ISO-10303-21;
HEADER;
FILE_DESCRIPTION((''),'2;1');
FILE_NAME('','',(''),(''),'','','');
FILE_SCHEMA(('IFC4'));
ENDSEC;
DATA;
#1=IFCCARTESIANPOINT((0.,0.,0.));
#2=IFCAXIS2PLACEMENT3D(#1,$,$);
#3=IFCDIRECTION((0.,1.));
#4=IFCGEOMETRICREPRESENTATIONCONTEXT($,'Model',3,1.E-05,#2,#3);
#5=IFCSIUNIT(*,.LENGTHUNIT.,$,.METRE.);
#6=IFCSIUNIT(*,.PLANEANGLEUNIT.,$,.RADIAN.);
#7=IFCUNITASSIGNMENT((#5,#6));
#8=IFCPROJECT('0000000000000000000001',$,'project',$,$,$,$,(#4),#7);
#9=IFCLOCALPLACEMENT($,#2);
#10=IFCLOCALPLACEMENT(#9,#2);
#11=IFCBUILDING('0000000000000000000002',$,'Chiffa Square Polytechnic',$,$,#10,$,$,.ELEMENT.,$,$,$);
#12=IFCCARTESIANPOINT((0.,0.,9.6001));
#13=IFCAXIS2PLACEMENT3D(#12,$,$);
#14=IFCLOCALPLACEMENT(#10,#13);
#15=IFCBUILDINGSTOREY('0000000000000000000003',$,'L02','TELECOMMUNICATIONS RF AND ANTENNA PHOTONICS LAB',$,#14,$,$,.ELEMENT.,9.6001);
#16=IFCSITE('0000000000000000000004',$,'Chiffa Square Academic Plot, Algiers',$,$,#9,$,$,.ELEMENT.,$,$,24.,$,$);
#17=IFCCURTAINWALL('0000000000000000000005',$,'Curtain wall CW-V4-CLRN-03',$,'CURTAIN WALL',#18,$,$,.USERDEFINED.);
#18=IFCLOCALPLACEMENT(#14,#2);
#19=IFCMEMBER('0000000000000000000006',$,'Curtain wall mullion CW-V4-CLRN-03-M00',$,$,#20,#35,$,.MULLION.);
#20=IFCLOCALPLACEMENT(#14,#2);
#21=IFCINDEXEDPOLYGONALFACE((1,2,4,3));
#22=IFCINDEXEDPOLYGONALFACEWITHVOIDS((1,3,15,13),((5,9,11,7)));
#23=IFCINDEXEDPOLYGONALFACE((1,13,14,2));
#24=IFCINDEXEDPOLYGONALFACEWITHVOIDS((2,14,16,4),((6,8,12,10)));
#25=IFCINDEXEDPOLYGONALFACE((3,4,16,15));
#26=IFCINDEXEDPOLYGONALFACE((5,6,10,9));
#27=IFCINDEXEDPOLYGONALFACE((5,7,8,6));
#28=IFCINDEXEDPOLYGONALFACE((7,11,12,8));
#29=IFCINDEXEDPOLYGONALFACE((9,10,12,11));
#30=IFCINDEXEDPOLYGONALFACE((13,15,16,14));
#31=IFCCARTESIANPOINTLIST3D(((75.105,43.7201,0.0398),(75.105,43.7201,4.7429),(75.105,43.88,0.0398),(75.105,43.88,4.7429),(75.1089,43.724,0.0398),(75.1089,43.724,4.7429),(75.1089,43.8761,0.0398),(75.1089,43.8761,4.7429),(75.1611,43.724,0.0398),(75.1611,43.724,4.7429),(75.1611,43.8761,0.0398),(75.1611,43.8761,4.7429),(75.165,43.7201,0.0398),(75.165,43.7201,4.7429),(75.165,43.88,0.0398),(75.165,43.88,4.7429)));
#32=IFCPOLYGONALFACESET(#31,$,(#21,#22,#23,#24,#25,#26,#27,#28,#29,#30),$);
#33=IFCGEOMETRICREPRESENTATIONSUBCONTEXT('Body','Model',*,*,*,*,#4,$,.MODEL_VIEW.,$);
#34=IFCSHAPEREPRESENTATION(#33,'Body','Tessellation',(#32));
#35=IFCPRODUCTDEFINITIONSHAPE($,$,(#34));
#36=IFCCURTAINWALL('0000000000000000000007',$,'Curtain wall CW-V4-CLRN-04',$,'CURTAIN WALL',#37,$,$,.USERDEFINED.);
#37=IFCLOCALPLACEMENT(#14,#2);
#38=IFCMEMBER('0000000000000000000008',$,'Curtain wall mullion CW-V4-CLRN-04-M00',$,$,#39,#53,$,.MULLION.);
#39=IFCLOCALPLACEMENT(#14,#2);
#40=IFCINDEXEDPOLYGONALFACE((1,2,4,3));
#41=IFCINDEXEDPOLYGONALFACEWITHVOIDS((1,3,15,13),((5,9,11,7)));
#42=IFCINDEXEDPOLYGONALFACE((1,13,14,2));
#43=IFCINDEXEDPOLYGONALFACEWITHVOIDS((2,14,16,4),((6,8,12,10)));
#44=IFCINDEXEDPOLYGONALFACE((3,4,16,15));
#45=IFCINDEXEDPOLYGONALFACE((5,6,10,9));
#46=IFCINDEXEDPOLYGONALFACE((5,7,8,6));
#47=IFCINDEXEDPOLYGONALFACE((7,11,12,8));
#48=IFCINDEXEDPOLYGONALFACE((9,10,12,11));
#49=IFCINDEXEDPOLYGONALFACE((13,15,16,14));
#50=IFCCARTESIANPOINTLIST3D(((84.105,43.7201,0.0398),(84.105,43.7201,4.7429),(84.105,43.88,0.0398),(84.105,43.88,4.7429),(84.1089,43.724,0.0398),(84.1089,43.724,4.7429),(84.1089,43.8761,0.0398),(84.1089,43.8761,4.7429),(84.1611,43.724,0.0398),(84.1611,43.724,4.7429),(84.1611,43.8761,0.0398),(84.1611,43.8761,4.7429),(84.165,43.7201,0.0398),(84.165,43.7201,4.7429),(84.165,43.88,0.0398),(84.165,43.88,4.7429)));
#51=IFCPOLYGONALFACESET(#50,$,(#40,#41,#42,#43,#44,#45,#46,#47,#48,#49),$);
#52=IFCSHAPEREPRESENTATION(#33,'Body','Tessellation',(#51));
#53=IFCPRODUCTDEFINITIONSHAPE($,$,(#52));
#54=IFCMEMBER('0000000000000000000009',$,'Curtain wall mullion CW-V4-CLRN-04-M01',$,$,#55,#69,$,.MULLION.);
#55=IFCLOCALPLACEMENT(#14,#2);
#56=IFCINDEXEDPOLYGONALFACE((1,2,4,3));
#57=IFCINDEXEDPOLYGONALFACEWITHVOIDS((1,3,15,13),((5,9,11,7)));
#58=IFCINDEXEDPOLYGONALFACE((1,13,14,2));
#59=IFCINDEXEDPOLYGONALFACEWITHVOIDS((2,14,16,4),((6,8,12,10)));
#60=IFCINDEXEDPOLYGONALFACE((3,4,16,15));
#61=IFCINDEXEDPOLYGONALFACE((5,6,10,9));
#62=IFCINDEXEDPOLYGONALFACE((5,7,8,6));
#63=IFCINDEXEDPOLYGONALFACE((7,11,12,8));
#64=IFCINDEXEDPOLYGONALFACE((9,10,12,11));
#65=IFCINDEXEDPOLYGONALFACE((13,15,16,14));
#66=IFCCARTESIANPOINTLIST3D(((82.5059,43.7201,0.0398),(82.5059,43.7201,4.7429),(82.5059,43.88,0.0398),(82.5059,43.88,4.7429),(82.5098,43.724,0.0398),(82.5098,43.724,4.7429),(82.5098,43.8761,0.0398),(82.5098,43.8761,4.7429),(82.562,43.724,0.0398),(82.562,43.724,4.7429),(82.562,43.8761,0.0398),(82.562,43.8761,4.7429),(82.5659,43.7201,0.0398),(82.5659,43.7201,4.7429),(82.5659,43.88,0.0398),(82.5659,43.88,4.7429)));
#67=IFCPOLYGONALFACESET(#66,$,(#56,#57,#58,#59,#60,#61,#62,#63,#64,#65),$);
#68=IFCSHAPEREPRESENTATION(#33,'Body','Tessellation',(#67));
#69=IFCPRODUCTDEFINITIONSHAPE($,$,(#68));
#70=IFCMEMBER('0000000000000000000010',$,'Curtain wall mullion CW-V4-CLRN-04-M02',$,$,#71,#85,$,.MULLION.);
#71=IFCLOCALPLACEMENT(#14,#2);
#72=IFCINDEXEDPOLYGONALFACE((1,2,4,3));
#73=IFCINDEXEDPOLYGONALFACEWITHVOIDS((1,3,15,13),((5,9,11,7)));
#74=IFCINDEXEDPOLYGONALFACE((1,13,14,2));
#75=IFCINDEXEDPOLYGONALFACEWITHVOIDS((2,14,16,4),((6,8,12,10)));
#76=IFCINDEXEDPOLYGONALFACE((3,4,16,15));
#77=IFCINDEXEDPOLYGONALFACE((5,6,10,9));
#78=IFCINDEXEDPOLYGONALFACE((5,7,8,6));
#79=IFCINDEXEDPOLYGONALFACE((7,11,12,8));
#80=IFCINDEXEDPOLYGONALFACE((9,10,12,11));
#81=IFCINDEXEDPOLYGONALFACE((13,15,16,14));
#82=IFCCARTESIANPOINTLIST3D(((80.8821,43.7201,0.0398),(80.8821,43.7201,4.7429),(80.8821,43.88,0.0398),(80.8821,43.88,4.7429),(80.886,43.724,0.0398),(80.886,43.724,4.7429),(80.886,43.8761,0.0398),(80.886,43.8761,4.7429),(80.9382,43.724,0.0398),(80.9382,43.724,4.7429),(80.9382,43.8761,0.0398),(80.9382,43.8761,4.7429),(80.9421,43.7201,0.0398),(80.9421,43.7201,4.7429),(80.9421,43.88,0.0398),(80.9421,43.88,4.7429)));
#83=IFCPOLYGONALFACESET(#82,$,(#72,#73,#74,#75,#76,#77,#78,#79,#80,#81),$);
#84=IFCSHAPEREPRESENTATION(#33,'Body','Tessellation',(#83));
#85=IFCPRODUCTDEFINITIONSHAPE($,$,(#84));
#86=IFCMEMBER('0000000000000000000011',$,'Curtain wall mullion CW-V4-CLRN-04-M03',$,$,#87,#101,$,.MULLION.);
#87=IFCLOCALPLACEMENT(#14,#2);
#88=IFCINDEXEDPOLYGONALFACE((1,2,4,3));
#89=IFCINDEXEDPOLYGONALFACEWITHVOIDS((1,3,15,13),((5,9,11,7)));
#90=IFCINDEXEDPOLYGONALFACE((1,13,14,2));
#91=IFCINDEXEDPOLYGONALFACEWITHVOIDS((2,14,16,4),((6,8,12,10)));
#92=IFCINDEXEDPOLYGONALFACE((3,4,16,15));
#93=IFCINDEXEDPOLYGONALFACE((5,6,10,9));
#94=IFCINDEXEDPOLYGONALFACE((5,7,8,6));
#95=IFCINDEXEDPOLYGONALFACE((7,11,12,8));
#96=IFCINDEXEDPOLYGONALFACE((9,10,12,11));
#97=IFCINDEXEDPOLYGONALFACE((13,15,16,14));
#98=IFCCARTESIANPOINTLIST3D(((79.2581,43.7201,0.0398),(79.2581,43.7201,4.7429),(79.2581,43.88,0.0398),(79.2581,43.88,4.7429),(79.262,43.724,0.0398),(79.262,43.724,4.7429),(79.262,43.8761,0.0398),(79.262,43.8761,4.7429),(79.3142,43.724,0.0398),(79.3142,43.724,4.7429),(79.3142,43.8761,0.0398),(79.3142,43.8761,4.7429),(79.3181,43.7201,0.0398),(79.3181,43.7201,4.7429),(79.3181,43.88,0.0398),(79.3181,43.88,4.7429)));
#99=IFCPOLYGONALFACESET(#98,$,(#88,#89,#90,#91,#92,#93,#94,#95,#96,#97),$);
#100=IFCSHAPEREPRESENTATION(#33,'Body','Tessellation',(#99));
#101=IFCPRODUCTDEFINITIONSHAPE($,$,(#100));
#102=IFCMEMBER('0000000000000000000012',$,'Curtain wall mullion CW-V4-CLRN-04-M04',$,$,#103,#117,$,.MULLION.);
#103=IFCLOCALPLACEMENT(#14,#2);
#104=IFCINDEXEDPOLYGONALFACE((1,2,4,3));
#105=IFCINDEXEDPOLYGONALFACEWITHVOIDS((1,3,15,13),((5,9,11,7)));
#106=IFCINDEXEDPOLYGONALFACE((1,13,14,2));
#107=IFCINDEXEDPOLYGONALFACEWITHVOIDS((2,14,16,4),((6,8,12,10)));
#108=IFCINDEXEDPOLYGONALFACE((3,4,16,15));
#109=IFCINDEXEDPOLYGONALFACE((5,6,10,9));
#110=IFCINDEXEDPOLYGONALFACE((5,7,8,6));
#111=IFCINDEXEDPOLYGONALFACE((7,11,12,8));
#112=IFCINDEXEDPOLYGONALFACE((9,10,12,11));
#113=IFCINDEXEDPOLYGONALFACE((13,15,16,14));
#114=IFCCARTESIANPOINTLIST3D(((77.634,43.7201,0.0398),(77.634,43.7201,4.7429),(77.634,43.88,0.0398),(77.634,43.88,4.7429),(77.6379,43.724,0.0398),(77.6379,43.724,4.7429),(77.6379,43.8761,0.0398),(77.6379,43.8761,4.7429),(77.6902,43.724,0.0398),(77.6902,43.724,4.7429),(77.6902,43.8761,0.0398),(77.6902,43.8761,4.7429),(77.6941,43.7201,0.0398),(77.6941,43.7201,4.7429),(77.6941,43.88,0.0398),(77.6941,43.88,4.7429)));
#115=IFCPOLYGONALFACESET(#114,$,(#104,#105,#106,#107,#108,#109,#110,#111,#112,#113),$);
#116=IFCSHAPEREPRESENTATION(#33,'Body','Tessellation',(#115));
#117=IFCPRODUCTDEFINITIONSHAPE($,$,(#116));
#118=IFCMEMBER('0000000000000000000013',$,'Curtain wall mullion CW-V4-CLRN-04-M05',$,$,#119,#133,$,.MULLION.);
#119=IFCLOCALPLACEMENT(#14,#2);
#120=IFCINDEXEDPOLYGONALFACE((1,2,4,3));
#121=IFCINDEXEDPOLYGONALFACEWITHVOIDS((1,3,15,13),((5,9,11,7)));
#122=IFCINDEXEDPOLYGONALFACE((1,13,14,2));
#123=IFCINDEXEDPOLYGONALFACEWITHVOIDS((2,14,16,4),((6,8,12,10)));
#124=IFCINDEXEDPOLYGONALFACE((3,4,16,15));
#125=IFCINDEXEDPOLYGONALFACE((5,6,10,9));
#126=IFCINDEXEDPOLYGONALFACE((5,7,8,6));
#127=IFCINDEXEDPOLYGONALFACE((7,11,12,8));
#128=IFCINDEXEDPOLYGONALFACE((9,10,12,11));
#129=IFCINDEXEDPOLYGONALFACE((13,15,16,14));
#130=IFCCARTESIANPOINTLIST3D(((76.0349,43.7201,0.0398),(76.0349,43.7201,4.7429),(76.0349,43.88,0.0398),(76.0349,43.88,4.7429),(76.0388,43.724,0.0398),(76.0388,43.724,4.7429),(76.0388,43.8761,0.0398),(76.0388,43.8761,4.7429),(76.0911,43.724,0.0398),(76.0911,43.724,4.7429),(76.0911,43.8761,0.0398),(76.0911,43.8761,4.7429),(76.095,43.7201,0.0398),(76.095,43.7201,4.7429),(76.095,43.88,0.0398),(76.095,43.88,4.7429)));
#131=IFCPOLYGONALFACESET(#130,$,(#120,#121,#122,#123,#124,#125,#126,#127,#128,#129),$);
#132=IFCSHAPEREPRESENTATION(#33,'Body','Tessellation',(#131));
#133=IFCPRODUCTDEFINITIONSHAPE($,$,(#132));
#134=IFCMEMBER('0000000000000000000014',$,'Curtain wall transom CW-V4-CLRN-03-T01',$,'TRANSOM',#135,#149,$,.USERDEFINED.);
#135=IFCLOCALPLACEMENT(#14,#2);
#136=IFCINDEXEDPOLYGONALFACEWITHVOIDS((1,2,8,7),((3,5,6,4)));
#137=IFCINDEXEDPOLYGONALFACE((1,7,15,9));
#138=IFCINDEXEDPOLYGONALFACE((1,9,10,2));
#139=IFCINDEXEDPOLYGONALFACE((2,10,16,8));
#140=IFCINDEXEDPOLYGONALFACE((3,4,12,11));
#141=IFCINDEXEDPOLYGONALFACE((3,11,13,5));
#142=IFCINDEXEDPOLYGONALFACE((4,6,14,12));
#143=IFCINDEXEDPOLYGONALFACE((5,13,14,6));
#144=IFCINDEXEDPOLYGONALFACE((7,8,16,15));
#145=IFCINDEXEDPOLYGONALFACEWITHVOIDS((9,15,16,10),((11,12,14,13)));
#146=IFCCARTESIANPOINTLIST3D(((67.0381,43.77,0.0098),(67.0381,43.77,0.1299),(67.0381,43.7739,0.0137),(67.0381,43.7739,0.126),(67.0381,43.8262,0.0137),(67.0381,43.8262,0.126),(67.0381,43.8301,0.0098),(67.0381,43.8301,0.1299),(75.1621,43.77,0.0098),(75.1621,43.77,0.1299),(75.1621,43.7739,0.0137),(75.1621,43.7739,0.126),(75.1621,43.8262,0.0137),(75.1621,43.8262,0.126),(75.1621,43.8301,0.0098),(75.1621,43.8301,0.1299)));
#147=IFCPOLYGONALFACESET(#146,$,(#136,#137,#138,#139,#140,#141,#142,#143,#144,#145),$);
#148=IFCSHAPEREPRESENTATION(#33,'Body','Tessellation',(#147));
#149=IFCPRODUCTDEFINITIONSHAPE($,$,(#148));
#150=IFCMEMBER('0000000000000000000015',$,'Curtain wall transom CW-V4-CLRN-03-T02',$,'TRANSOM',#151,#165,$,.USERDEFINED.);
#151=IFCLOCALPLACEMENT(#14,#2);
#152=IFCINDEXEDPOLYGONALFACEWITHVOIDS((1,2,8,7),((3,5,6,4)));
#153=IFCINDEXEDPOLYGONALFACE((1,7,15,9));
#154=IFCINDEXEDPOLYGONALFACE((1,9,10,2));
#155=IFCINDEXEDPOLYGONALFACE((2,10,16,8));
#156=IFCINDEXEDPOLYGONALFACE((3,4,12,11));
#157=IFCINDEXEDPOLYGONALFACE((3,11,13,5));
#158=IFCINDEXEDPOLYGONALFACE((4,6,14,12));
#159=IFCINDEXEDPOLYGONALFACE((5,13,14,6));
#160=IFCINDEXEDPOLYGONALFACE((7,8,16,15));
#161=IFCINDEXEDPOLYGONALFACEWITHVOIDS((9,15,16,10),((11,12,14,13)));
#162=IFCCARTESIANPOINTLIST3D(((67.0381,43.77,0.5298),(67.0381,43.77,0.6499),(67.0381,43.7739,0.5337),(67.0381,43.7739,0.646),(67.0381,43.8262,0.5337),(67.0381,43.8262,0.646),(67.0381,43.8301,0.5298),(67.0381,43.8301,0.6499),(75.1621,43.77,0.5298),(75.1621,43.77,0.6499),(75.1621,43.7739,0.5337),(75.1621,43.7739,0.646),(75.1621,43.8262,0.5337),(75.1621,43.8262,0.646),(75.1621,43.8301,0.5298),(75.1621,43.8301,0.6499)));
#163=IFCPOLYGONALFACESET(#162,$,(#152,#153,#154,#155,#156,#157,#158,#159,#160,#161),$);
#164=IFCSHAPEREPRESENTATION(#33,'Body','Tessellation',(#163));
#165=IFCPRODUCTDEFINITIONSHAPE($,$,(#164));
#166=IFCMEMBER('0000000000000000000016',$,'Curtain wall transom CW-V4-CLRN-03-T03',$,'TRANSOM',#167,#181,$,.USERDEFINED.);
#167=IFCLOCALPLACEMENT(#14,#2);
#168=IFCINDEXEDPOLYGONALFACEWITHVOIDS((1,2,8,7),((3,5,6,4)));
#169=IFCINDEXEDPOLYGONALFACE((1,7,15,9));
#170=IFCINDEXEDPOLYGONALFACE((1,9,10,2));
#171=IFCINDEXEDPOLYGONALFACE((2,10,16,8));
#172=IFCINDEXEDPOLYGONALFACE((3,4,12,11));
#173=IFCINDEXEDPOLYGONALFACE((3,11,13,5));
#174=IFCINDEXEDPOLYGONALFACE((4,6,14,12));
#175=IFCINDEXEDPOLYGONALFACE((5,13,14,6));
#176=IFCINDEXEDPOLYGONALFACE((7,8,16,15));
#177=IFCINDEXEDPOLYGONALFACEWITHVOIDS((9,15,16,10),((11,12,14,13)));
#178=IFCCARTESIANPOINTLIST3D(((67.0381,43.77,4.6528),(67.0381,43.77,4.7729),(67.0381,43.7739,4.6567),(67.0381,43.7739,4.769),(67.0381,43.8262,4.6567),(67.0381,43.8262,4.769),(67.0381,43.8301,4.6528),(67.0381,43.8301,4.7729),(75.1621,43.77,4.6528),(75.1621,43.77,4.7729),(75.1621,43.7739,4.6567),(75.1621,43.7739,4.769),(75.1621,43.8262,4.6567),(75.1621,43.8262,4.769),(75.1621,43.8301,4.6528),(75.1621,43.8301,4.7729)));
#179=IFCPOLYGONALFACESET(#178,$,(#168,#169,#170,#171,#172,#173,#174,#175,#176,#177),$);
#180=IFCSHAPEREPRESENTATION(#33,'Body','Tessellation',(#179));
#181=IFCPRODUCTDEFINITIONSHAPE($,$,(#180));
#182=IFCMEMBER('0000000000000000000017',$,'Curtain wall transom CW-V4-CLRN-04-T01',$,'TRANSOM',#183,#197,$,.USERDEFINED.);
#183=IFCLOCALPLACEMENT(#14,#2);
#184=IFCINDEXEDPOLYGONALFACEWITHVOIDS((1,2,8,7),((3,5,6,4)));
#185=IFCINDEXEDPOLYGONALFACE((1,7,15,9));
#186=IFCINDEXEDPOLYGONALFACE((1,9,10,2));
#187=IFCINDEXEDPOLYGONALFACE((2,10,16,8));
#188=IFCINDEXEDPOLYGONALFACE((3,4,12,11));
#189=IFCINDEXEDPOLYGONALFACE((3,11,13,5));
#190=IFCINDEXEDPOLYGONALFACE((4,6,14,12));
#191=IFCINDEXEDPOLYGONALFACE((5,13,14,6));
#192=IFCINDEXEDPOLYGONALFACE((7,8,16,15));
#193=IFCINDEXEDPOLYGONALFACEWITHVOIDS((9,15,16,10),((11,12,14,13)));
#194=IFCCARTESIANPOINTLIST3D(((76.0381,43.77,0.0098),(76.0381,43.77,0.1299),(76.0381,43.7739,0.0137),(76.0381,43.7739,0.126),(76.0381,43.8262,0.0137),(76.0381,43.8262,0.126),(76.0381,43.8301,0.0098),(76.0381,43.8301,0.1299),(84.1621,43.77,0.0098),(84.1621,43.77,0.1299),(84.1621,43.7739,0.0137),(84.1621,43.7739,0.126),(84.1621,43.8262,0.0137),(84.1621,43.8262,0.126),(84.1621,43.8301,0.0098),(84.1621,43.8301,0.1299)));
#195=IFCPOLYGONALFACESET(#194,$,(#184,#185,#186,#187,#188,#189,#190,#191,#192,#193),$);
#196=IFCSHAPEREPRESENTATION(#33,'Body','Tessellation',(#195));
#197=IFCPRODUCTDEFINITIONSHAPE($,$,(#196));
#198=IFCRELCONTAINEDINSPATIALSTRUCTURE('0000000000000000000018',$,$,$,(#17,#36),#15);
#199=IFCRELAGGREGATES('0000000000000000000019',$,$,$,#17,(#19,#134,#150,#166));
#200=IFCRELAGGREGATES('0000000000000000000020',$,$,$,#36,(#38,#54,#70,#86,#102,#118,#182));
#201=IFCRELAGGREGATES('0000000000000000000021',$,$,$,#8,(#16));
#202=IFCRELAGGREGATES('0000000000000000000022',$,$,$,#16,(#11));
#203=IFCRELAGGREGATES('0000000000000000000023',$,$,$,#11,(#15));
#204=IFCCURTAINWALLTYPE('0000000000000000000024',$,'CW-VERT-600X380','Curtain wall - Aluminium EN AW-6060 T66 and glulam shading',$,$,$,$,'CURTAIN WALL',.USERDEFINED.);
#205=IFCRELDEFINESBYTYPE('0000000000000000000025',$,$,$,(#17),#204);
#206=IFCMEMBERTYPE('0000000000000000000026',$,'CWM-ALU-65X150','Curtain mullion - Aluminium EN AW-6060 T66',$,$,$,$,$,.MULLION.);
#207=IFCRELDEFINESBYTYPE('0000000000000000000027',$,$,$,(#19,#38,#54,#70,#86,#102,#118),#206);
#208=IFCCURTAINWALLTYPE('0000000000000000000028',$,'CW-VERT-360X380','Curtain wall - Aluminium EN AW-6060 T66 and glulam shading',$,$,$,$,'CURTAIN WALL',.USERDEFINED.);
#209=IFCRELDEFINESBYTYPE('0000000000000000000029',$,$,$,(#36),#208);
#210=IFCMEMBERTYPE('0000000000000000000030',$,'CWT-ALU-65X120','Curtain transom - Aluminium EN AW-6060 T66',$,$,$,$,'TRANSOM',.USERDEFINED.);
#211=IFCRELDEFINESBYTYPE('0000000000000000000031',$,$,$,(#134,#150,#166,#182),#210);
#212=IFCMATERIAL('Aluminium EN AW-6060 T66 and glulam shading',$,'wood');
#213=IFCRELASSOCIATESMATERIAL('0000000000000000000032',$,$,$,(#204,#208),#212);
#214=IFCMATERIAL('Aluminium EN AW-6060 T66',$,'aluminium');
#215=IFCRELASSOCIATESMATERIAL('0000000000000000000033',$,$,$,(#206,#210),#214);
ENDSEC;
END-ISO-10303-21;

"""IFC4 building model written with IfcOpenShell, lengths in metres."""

from ifc_helpers import new_model, si_unit, direction, frame, origin, origin_2d, place, context, subcontext, project, spatial, hollow_rectangle, extrude, material, material_profile, profile_set, type_object, element, aggregate, save


model = new_model("IFC4")

# Units and contexts
model_context = context("Model", 3, precision=1e-05, world=origin(), true_north=direction((0.0, 1.0)))
body_context = subcontext(model_context, "Body", "Model", "MODEL_VIEW")
ifc_project = project(units=[si_unit("LENGTHUNIT", "METRE"), si_unit("PLANEANGLEUNIT", "RADIAN")], contexts=[model_context])

# Site, building, storey
site_placement = place(None, origin())
site = spatial("IfcSite", under=ifc_project, at=site_placement, Name="Chiffa Square Academic Plot, Algiers", CompositionType="ELEMENT", RefElevation=24.0)
building_placement = place(site_placement, origin())
building = spatial("IfcBuilding", under=site, at=building_placement, Name="Chiffa Square Polytechnic", CompositionType="ELEMENT")
storey_placement = place(building_placement, frame((0.0, 0.0, 9.6001)))
storey = spatial("IfcBuildingStorey", under=building, at=storey_placement, Name="L02", Description="TELECOMMUNICATIONS RF AND ANTENNA PHOTONICS LAB", CompositionType="ELEMENT", Elevation=9.6001)

# Curtain wall, member
ifc_material_1 = material(Name="Aluminium EN AW-6060 T66 and glulam shading", Category="wood")
curtain_wall_type_1 = type_object("IfcCurtainWallType", Name="CW-VERT-600X380", Description="Curtain wall - Aluminium EN AW-6060 T66 and glulam shading", ElementType="CURTAIN WALL", PredefinedType="USERDEFINED", material=ifc_material_1)
curtain_wall_1_placement = place(storey_placement, origin())
curtain_wall_1 = element("IfcCurtainWall", 1, at=curtain_wall_1_placement, inside=storey, type_object=curtain_wall_type_1, Name="Curtain wall CW-V4-CLRN-03", ObjectType="CURTAIN WALL", PredefinedType="USERDEFINED")
ifc_material_2 = material(Name="Aluminium EN AW-6060 T66", Category="aluminium")
ifc_material_profile_1 = material_profile(ifc_material_2, hollow_rectangle(XDim=0.0601, YDim=0.1599, WallThickness=0.0039, at=origin_2d()), Name="ALU 60x160x4")
ifc_profile_set_1 = profile_set([ifc_material_profile_1], Name="Aluminium EN AW-6060 T66")
member_type_1 = type_object("IfcMemberType", Name="CWM-ALU-65X150", Description="Curtain mullion - Aluminium EN AW-6060 T66", PredefinedType="MULLION", material=ifc_profile_set_1)
member_1_placement = place(storey_placement, frame((75.135, 43.8, 0.0398), z_axis=(0.0, 0.0, 1.0), x_axis=(1.0, 0.0, 0.0)))
member_1 = element("IfcMember", 2, at=member_1_placement, type_object=member_type_1, Name="Curtain wall mullion CW-V4-CLRN-03-M00", PredefinedType="MULLION", context=body_context, shape_type="SweptSolid", body=[
    extrude(hollow_rectangle(XDim=0.0601, YDim=0.1599, WallThickness=0.0039, at=origin_2d()), origin(), (0.0, 0.0, 1.0), 4.7031),
])

# Curtain wall, members
curtain_wall_type_2 = type_object("IfcCurtainWallType", Name="CW-VERT-360X380", Description="Curtain wall - Aluminium EN AW-6060 T66 and glulam shading", ElementType="CURTAIN WALL", PredefinedType="USERDEFINED", material=ifc_material_1)
curtain_wall_2_placement = place(storey_placement, origin())
curtain_wall_2 = element("IfcCurtainWall", 3, at=curtain_wall_2_placement, inside=storey, type_object=curtain_wall_type_2, Name="Curtain wall CW-V4-CLRN-04", ObjectType="CURTAIN WALL", PredefinedType="USERDEFINED")
member_2_placement = place(storey_placement, frame((84.135, 43.8, 0.0398), z_axis=(0.0, 0.0, 1.0), x_axis=(1.0, 0.0, 0.0)))
member_2 = element("IfcMember", 4, at=member_2_placement, type_object=member_type_1, Name="Curtain wall mullion CW-V4-CLRN-04-M00", PredefinedType="MULLION", context=body_context, shape_type="SweptSolid", body=[
    extrude(hollow_rectangle(XDim=0.0601, YDim=0.1599, WallThickness=0.0039, at=origin_2d()), origin(), (0.0, 0.0, 1.0), 4.7031),
])
member_3_placement = place(storey_placement, frame((82.5359, 43.8, 0.0398), z_axis=(0.0, 0.0, 1.0), x_axis=(1.0, 0.0, 0.0)))
member_3 = element("IfcMember", 5, at=member_3_placement, type_object=member_type_1, Name="Curtain wall mullion CW-V4-CLRN-04-M01", PredefinedType="MULLION", context=body_context, shape_type="SweptSolid", body=[
    extrude(hollow_rectangle(XDim=0.0601, YDim=0.1599, WallThickness=0.0039, at=origin_2d()), origin(), (0.0, 0.0, 1.0), 4.7031),
])
member_4_placement = place(storey_placement, frame((80.9121, 43.8, 0.0398), z_axis=(0.0, 0.0, 1.0), x_axis=(1.0, 0.0, 0.0)))
member_4 = element("IfcMember", 6, at=member_4_placement, type_object=member_type_1, Name="Curtain wall mullion CW-V4-CLRN-04-M02", PredefinedType="MULLION", context=body_context, shape_type="SweptSolid", body=[
    extrude(hollow_rectangle(XDim=0.0601, YDim=0.1599, WallThickness=0.0039, at=origin_2d()), origin(), (0.0, 0.0, 1.0), 4.7031),
])
member_5_placement = place(storey_placement, frame((79.2881, 43.8, 0.0398), z_axis=(0.0, 0.0, 1.0), x_axis=(1.0, 0.0, 0.0)))
member_5 = element("IfcMember", 7, at=member_5_placement, type_object=member_type_1, Name="Curtain wall mullion CW-V4-CLRN-04-M03", PredefinedType="MULLION", context=body_context, shape_type="SweptSolid", body=[
    extrude(hollow_rectangle(XDim=0.0601, YDim=0.1599, WallThickness=0.0039, at=origin_2d()), origin(), (0.0, 0.0, 1.0), 4.7031),
])
member_6_placement = place(storey_placement, frame((77.6641, 43.8, 0.0398), z_axis=(0.0, 0.0, 1.0), x_axis=(1.0, 0.0, 0.0)))
member_6 = element("IfcMember", 8, at=member_6_placement, type_object=member_type_1, Name="Curtain wall mullion CW-V4-CLRN-04-M04", PredefinedType="MULLION", context=body_context, shape_type="SweptSolid", body=[
    extrude(hollow_rectangle(XDim=0.0601, YDim=0.1599, WallThickness=0.0039, at=origin_2d()), origin(), (0.0, 0.0, 1.0), 4.7031),
])
member_7_placement = place(storey_placement, frame((76.0649, 43.8, 0.0398), z_axis=(0.0, 0.0, 1.0), x_axis=(1.0, 0.0, 0.0)))
member_7 = element("IfcMember", 9, at=member_7_placement, type_object=member_type_1, Name="Curtain wall mullion CW-V4-CLRN-04-M05", PredefinedType="MULLION", context=body_context, shape_type="SweptSolid", body=[
    extrude(hollow_rectangle(XDim=0.0601, YDim=0.1599, WallThickness=0.0039, at=origin_2d()), origin(), (0.0, 0.0, 1.0), 4.7031),
])

# Members
ifc_material_profile_2 = material_profile(ifc_material_2, hollow_rectangle(XDim=0.0601, YDim=0.1201, WallThickness=0.0039, at=origin_2d()), Name="ALU 60x120x4")
ifc_profile_set_2 = profile_set([ifc_material_profile_2], Name="Aluminium EN AW-6060 T66")
member_type_2 = type_object("IfcMemberType", Name="CWT-ALU-65X120", Description="Curtain transom - Aluminium EN AW-6060 T66", ElementType="TRANSOM", PredefinedType="USERDEFINED", material=ifc_profile_set_2)
member_8_placement = place(storey_placement, frame((75.1621, 43.8, 0.0698), z_axis=(-1.0, 0.0, 0.0), x_axis=(0.0, -1.0, 0.0)))
member_8 = element("IfcMember", 10, at=member_8_placement, type_object=member_type_2, Name="Curtain wall transom CW-V4-CLRN-03-T01", ObjectType="TRANSOM", PredefinedType="USERDEFINED", context=body_context, shape_type="SweptSolid", body=[
    extrude(hollow_rectangle(XDim=0.0601, YDim=0.1201, WallThickness=0.0039, at=origin_2d()), origin(), (0.0, 0.0, 1.0), 8.124),
])
member_9_placement = place(storey_placement, frame((75.1621, 43.8, 0.5898), z_axis=(-1.0, 0.0, 0.0), x_axis=(0.0, -1.0, 0.0)))
member_9 = element("IfcMember", 11, at=member_9_placement, type_object=member_type_2, Name="Curtain wall transom CW-V4-CLRN-03-T02", ObjectType="TRANSOM", PredefinedType="USERDEFINED", context=body_context, shape_type="SweptSolid", body=[
    extrude(hollow_rectangle(XDim=0.0601, YDim=0.1201, WallThickness=0.0039, at=origin_2d()), origin(), (0.0, 0.0, 1.0), 8.124),
])
member_10_placement = place(storey_placement, frame((75.1621, 43.8, 4.7129), z_axis=(-1.0, 0.0, 0.0), x_axis=(0.0, -1.0, 0.0)))
member_10 = element("IfcMember", 12, at=member_10_placement, type_object=member_type_2, Name="Curtain wall transom CW-V4-CLRN-03-T03", ObjectType="TRANSOM", PredefinedType="USERDEFINED", context=body_context, shape_type="SweptSolid", body=[
    extrude(hollow_rectangle(XDim=0.0601, YDim=0.1201, WallThickness=0.0039, at=origin_2d()), origin(), (0.0, 0.0, 1.0), 8.124),
])
aggregate(curtain_wall_1, [member_1, member_8, member_9, member_10])
member_11_placement = place(storey_placement, frame((84.1621, 43.8, 0.0698), z_axis=(-1.0, 0.0, 0.0), x_axis=(0.0, -1.0, 0.0)))
member_11 = element("IfcMember", 13, at=member_11_placement, type_object=member_type_2, Name="Curtain wall transom CW-V4-CLRN-04-T01", ObjectType="TRANSOM", PredefinedType="USERDEFINED", context=body_context, shape_type="SweptSolid", body=[
    extrude(hollow_rectangle(XDim=0.0601, YDim=0.1201, WallThickness=0.0039, at=origin_2d()), origin(), (0.0, 0.0, 1.0), 8.124),
])

aggregate(curtain_wall_2, [member_2, member_3, member_4, member_5, member_6, member_7, member_11])

save(model, "model.ifc")
